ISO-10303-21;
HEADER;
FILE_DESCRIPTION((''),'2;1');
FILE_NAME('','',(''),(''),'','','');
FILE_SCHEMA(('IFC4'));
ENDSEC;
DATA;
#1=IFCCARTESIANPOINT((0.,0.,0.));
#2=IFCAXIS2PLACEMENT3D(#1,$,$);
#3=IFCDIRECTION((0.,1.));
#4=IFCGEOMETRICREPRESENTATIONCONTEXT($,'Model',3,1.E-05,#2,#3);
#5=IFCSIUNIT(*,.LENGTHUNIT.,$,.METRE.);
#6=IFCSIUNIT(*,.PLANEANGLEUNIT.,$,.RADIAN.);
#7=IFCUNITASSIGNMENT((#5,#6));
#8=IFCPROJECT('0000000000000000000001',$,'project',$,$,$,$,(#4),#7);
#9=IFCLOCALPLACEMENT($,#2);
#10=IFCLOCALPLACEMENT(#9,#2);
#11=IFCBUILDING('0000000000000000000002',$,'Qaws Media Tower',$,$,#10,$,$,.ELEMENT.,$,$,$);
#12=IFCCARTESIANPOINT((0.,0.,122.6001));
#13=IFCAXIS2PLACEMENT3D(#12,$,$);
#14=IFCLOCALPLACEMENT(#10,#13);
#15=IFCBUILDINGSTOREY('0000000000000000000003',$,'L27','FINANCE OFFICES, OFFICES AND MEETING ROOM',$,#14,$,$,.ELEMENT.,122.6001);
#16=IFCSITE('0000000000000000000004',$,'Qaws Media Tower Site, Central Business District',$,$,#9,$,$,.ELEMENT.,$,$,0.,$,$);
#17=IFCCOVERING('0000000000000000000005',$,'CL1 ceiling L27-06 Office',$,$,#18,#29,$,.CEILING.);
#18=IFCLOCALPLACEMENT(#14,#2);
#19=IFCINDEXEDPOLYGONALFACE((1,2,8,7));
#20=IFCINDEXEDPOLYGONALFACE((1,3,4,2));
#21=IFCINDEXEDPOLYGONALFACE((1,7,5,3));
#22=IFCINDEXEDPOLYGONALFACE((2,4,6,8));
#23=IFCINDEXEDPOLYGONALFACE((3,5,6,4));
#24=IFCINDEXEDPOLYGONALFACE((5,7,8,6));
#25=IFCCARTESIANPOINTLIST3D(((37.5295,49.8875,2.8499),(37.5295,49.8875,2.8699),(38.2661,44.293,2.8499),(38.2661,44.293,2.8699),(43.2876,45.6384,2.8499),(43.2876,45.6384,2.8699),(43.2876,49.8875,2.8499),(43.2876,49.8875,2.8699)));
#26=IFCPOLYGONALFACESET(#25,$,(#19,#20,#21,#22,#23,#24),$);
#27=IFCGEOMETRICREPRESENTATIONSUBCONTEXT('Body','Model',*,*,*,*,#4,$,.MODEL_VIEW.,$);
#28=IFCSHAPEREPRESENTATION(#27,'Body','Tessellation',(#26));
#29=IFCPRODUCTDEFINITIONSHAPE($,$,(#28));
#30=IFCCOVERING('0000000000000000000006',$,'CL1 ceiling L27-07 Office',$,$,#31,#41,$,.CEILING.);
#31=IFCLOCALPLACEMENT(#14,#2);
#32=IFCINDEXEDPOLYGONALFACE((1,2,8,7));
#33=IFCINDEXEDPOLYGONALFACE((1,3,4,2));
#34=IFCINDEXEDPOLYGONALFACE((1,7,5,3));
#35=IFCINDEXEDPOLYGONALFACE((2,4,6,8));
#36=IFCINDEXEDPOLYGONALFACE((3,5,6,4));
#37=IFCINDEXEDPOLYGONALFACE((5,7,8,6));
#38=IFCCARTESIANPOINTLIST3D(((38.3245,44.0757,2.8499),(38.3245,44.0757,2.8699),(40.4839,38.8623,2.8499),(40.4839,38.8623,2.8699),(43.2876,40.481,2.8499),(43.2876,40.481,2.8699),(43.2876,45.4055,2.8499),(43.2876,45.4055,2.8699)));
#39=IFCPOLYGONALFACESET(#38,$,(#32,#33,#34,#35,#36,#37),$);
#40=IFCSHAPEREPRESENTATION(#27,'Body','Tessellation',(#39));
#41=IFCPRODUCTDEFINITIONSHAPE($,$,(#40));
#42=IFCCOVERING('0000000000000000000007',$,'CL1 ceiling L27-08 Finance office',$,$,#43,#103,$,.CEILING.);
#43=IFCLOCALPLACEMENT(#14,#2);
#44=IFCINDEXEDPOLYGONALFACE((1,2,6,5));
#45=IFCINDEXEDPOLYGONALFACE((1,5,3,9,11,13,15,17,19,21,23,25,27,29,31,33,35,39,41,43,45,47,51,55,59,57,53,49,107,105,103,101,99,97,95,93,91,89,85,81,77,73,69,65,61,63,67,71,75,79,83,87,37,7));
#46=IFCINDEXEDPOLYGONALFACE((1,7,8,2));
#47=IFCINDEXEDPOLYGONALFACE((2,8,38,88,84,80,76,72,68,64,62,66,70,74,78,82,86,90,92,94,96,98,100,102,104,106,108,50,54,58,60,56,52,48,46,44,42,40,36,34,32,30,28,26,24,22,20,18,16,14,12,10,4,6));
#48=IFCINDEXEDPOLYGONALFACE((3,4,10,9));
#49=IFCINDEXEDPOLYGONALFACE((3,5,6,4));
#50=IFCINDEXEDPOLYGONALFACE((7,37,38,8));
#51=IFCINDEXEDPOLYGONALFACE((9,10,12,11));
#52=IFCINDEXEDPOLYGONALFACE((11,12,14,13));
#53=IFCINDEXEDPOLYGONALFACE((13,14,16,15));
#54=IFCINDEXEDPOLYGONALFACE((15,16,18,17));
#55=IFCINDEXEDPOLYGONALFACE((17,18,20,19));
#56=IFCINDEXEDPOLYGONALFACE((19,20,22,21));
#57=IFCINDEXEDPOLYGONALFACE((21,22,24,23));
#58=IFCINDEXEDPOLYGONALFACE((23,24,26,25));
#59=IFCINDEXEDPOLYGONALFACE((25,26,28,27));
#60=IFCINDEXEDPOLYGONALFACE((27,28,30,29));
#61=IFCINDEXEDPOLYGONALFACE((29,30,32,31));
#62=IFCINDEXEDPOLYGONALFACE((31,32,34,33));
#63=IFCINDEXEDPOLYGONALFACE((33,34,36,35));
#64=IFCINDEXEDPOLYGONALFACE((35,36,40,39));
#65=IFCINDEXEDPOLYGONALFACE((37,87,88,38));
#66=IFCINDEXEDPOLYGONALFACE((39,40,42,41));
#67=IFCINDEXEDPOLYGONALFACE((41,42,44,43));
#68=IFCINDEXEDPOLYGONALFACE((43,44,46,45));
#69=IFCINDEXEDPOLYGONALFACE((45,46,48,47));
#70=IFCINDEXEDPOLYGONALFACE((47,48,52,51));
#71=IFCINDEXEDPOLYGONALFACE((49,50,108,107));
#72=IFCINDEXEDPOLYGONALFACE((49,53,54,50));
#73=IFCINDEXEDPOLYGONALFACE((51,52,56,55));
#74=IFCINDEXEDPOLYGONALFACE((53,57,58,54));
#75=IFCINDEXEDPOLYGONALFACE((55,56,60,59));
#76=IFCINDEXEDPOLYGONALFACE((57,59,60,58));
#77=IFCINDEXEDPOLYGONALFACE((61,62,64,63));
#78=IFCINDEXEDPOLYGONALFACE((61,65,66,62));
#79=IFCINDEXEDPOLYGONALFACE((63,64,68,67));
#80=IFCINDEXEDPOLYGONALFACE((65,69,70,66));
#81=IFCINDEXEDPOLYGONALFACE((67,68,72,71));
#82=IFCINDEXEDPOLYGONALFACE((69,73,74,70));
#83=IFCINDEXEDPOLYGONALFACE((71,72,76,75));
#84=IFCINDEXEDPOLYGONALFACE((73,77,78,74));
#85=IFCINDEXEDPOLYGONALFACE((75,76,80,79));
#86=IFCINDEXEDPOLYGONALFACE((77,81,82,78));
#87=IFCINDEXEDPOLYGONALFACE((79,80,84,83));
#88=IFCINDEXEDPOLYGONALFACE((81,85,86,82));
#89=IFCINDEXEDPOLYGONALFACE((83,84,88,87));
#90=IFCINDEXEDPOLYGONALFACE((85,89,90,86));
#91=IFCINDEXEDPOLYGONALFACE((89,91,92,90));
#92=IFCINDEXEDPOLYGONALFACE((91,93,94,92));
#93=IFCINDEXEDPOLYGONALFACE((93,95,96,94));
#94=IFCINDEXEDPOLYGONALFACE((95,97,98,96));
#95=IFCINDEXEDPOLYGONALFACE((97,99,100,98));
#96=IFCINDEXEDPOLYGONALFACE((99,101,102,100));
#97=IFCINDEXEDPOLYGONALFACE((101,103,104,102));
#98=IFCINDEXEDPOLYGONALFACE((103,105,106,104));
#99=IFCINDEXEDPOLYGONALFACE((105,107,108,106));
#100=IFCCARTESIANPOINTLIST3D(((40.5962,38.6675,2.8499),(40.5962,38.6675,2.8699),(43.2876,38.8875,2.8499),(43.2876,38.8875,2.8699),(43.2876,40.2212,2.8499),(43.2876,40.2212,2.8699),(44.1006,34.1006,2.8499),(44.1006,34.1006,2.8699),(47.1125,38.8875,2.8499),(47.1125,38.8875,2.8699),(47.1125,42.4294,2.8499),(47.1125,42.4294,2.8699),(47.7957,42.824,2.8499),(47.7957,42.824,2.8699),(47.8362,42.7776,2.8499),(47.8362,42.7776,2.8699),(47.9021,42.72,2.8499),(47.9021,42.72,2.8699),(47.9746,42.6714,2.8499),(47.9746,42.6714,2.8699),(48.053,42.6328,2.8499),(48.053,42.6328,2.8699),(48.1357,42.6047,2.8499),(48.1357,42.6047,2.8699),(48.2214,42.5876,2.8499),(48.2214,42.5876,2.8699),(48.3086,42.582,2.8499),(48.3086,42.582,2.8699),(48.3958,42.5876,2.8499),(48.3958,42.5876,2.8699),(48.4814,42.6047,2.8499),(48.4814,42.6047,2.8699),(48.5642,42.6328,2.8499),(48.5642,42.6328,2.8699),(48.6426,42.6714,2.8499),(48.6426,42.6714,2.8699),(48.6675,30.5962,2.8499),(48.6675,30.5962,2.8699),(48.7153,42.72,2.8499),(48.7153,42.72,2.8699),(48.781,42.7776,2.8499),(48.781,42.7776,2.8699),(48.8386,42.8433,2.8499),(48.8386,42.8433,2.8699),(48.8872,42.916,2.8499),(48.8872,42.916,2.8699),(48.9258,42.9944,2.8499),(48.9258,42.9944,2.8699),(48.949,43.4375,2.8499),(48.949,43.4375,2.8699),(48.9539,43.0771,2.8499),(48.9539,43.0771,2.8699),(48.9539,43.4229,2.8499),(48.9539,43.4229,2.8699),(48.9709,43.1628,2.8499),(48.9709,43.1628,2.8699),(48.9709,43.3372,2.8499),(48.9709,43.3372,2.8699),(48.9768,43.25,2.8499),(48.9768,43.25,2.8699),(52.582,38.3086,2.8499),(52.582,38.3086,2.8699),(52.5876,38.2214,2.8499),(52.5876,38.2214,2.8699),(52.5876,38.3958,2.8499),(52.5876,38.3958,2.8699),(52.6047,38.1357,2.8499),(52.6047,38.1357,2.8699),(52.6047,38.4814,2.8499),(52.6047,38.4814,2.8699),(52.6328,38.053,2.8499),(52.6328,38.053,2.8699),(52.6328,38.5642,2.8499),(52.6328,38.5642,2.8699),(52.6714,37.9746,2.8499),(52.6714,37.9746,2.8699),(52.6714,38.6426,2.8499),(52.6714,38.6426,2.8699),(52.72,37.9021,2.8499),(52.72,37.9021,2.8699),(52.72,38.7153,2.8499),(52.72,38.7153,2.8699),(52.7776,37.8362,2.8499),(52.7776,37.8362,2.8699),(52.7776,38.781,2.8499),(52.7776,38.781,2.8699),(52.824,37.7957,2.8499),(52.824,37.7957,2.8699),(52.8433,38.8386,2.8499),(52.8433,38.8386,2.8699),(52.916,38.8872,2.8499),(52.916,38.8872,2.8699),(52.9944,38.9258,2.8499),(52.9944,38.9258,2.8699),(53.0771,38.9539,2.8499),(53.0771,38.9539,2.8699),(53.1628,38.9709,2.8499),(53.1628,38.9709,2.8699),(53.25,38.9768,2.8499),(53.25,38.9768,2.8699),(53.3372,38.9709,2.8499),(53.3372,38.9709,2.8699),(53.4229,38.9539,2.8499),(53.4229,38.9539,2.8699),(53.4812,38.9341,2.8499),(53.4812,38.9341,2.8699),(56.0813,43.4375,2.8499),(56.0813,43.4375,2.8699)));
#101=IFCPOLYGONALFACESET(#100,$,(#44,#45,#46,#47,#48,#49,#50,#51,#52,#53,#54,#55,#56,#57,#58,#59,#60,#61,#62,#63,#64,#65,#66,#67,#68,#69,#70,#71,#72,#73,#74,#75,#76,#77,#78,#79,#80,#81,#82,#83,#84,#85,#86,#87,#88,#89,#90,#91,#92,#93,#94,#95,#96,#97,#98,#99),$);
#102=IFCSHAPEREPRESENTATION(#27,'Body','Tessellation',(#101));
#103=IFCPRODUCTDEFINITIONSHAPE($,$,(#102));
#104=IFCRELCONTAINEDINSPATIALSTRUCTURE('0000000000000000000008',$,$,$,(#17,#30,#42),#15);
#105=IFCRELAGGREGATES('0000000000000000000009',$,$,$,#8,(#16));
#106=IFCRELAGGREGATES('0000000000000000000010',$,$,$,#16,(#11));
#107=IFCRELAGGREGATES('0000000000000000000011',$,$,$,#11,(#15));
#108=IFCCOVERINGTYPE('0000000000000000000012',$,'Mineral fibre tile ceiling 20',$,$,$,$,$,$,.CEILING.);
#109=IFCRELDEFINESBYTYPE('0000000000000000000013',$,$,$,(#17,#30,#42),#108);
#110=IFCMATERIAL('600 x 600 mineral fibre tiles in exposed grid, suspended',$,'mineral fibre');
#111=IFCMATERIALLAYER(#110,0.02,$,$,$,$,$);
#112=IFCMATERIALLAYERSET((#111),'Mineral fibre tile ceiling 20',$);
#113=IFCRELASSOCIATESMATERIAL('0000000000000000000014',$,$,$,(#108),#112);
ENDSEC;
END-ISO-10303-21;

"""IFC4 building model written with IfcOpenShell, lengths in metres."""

from ifc_helpers import new_model, si_unit, direction, frame, origin, place, context, subcontext, project, spatial, polyline, outline, extrude, material, layer, layer_set, type_object, element, save


model = new_model("IFC4")

# Units and contexts
model_context = context("Model", 3, precision=1e-05, world=origin(), true_north=direction((0.0, 1.0)))
body_context = subcontext(model_context, "Body", "Model", "MODEL_VIEW")
ifc_project = project(units=[si_unit("LENGTHUNIT", "METRE"), si_unit("PLANEANGLEUNIT", "RADIAN")], contexts=[model_context])

# Site, building, storey
site_placement = place(None, origin())
site = spatial("IfcSite", under=ifc_project, at=site_placement, Name="Qaws Media Tower Site, Central Business District", CompositionType="ELEMENT", RefElevation=0.0)
building_placement = place(site_placement, origin())
building = spatial("IfcBuilding", under=site, at=building_placement, Name="Qaws Media Tower", CompositionType="ELEMENT")
storey_placement = place(building_placement, frame((0.0, 0.0, 122.6001)))
storey = spatial("IfcBuildingStorey", under=building, at=storey_placement, Name="L27", Description="FINANCE OFFICES, OFFICES AND MEETING ROOM", CompositionType="ELEMENT", Elevation=122.6001)

# Coverings
ifc_material_1 = material(Name="600 x 600 mineral fibre tiles in exposed grid, suspended", Category="mineral fibre")
ifc_layer_1 = layer(ifc_material_1, 0.02)
ifc_layer_set_1 = layer_set([ifc_layer_1], Name="Mineral fibre tile ceiling 20")
covering_type_1 = type_object("IfcCoveringType", Name="Mineral fibre tile ceiling 20", PredefinedType="CEILING", material=ifc_layer_set_1)
covering_1_placement = place(storey_placement, frame((0.0, 0.0, 2.8499)))
element("IfcCovering", 1, at=covering_1_placement, inside=storey, type_object=covering_type_1, Name="CL1 ceiling L27-06 Office", PredefinedType="CEILING", context=body_context, shape_type="SweptSolid", body=[
    extrude(outline(polyline([(37.5295, 49.8875), (43.2876, 49.8875), (43.2876, 45.6384), (38.2661, 44.293), (37.5295, 49.8875)])), origin(), (0.0, 0.0, 1.0), 0.02),
])
covering_2_placement = place(storey_placement, frame((0.0, 0.0, 2.8499)))
element("IfcCovering", 2, at=covering_2_placement, inside=storey, type_object=covering_type_1, Name="CL1 ceiling L27-07 Office", PredefinedType="CEILING", context=body_context, shape_type="SweptSolid", body=[
    extrude(outline(polyline([(38.3245, 44.0757), (43.2876, 45.4055), (43.2876, 40.481), (40.4839, 38.8623), (38.3245, 44.0757)])), origin(), (0.0, 0.0, 1.0), 0.02),
])
covering_3_placement = place(storey_placement, frame((0.0, 0.0, 2.8499)))
element("IfcCovering", 3, at=covering_3_placement, inside=storey, type_object=covering_type_1, Name="CL1 ceiling L27-08 Finance office", PredefinedType="CEILING", context=body_context, shape_type="SweptSolid", body=[
    extrude(outline(polyline([(44.1006, 34.1006), (40.5962, 38.6675), (43.2876, 40.2212), (43.2876, 38.8875), (47.1125, 38.8875), (47.1125, 42.4294), (47.7957, 42.824), (47.8362, 42.7776), (47.9021, 42.72), (47.9746, 42.6714), (48.053, 42.6328), (48.1357, 42.6047), (48.2214, 42.5876), (48.3086, 42.582), (48.3958, 42.5876), (48.4814, 42.6047), (48.5642, 42.6328), (48.6426, 42.6714), (48.7153, 42.72), (48.781, 42.7776), (48.8386, 42.8433), (48.8872, 42.916), (48.9258, 42.9944), (48.9539, 43.0771), (48.9709, 43.1628), (48.9768, 43.25), (48.9709, 43.3372), (48.9539, 43.4229), (48.949, 43.4375), (56.0813, 43.4375), (53.4812, 38.9341), (53.4229, 38.9539), (53.3372, 38.9709), (53.25, 38.9768), (53.1628, 38.9709), (53.0771, 38.9539), (52.9944, 38.9258), (52.916, 38.8872), (52.8433, 38.8386), (52.7776, 38.781), (52.72, 38.7153), (52.6714, 38.6426), (52.6328, 38.5642), (52.6047, 38.4814), (52.5876, 38.3958), (52.582, 38.3086), (52.5876, 38.2214), (52.6047, 38.1357), (52.6328, 38.053), (52.6714, 37.9746), (52.72, 37.9021), (52.7776, 37.8362), (52.824, 37.7957), (48.6675, 30.5962), (44.1006, 34.1006)])), origin(), (0.0, 0.0, 1.0), 0.02),
])

save(model, "model.ifc")
